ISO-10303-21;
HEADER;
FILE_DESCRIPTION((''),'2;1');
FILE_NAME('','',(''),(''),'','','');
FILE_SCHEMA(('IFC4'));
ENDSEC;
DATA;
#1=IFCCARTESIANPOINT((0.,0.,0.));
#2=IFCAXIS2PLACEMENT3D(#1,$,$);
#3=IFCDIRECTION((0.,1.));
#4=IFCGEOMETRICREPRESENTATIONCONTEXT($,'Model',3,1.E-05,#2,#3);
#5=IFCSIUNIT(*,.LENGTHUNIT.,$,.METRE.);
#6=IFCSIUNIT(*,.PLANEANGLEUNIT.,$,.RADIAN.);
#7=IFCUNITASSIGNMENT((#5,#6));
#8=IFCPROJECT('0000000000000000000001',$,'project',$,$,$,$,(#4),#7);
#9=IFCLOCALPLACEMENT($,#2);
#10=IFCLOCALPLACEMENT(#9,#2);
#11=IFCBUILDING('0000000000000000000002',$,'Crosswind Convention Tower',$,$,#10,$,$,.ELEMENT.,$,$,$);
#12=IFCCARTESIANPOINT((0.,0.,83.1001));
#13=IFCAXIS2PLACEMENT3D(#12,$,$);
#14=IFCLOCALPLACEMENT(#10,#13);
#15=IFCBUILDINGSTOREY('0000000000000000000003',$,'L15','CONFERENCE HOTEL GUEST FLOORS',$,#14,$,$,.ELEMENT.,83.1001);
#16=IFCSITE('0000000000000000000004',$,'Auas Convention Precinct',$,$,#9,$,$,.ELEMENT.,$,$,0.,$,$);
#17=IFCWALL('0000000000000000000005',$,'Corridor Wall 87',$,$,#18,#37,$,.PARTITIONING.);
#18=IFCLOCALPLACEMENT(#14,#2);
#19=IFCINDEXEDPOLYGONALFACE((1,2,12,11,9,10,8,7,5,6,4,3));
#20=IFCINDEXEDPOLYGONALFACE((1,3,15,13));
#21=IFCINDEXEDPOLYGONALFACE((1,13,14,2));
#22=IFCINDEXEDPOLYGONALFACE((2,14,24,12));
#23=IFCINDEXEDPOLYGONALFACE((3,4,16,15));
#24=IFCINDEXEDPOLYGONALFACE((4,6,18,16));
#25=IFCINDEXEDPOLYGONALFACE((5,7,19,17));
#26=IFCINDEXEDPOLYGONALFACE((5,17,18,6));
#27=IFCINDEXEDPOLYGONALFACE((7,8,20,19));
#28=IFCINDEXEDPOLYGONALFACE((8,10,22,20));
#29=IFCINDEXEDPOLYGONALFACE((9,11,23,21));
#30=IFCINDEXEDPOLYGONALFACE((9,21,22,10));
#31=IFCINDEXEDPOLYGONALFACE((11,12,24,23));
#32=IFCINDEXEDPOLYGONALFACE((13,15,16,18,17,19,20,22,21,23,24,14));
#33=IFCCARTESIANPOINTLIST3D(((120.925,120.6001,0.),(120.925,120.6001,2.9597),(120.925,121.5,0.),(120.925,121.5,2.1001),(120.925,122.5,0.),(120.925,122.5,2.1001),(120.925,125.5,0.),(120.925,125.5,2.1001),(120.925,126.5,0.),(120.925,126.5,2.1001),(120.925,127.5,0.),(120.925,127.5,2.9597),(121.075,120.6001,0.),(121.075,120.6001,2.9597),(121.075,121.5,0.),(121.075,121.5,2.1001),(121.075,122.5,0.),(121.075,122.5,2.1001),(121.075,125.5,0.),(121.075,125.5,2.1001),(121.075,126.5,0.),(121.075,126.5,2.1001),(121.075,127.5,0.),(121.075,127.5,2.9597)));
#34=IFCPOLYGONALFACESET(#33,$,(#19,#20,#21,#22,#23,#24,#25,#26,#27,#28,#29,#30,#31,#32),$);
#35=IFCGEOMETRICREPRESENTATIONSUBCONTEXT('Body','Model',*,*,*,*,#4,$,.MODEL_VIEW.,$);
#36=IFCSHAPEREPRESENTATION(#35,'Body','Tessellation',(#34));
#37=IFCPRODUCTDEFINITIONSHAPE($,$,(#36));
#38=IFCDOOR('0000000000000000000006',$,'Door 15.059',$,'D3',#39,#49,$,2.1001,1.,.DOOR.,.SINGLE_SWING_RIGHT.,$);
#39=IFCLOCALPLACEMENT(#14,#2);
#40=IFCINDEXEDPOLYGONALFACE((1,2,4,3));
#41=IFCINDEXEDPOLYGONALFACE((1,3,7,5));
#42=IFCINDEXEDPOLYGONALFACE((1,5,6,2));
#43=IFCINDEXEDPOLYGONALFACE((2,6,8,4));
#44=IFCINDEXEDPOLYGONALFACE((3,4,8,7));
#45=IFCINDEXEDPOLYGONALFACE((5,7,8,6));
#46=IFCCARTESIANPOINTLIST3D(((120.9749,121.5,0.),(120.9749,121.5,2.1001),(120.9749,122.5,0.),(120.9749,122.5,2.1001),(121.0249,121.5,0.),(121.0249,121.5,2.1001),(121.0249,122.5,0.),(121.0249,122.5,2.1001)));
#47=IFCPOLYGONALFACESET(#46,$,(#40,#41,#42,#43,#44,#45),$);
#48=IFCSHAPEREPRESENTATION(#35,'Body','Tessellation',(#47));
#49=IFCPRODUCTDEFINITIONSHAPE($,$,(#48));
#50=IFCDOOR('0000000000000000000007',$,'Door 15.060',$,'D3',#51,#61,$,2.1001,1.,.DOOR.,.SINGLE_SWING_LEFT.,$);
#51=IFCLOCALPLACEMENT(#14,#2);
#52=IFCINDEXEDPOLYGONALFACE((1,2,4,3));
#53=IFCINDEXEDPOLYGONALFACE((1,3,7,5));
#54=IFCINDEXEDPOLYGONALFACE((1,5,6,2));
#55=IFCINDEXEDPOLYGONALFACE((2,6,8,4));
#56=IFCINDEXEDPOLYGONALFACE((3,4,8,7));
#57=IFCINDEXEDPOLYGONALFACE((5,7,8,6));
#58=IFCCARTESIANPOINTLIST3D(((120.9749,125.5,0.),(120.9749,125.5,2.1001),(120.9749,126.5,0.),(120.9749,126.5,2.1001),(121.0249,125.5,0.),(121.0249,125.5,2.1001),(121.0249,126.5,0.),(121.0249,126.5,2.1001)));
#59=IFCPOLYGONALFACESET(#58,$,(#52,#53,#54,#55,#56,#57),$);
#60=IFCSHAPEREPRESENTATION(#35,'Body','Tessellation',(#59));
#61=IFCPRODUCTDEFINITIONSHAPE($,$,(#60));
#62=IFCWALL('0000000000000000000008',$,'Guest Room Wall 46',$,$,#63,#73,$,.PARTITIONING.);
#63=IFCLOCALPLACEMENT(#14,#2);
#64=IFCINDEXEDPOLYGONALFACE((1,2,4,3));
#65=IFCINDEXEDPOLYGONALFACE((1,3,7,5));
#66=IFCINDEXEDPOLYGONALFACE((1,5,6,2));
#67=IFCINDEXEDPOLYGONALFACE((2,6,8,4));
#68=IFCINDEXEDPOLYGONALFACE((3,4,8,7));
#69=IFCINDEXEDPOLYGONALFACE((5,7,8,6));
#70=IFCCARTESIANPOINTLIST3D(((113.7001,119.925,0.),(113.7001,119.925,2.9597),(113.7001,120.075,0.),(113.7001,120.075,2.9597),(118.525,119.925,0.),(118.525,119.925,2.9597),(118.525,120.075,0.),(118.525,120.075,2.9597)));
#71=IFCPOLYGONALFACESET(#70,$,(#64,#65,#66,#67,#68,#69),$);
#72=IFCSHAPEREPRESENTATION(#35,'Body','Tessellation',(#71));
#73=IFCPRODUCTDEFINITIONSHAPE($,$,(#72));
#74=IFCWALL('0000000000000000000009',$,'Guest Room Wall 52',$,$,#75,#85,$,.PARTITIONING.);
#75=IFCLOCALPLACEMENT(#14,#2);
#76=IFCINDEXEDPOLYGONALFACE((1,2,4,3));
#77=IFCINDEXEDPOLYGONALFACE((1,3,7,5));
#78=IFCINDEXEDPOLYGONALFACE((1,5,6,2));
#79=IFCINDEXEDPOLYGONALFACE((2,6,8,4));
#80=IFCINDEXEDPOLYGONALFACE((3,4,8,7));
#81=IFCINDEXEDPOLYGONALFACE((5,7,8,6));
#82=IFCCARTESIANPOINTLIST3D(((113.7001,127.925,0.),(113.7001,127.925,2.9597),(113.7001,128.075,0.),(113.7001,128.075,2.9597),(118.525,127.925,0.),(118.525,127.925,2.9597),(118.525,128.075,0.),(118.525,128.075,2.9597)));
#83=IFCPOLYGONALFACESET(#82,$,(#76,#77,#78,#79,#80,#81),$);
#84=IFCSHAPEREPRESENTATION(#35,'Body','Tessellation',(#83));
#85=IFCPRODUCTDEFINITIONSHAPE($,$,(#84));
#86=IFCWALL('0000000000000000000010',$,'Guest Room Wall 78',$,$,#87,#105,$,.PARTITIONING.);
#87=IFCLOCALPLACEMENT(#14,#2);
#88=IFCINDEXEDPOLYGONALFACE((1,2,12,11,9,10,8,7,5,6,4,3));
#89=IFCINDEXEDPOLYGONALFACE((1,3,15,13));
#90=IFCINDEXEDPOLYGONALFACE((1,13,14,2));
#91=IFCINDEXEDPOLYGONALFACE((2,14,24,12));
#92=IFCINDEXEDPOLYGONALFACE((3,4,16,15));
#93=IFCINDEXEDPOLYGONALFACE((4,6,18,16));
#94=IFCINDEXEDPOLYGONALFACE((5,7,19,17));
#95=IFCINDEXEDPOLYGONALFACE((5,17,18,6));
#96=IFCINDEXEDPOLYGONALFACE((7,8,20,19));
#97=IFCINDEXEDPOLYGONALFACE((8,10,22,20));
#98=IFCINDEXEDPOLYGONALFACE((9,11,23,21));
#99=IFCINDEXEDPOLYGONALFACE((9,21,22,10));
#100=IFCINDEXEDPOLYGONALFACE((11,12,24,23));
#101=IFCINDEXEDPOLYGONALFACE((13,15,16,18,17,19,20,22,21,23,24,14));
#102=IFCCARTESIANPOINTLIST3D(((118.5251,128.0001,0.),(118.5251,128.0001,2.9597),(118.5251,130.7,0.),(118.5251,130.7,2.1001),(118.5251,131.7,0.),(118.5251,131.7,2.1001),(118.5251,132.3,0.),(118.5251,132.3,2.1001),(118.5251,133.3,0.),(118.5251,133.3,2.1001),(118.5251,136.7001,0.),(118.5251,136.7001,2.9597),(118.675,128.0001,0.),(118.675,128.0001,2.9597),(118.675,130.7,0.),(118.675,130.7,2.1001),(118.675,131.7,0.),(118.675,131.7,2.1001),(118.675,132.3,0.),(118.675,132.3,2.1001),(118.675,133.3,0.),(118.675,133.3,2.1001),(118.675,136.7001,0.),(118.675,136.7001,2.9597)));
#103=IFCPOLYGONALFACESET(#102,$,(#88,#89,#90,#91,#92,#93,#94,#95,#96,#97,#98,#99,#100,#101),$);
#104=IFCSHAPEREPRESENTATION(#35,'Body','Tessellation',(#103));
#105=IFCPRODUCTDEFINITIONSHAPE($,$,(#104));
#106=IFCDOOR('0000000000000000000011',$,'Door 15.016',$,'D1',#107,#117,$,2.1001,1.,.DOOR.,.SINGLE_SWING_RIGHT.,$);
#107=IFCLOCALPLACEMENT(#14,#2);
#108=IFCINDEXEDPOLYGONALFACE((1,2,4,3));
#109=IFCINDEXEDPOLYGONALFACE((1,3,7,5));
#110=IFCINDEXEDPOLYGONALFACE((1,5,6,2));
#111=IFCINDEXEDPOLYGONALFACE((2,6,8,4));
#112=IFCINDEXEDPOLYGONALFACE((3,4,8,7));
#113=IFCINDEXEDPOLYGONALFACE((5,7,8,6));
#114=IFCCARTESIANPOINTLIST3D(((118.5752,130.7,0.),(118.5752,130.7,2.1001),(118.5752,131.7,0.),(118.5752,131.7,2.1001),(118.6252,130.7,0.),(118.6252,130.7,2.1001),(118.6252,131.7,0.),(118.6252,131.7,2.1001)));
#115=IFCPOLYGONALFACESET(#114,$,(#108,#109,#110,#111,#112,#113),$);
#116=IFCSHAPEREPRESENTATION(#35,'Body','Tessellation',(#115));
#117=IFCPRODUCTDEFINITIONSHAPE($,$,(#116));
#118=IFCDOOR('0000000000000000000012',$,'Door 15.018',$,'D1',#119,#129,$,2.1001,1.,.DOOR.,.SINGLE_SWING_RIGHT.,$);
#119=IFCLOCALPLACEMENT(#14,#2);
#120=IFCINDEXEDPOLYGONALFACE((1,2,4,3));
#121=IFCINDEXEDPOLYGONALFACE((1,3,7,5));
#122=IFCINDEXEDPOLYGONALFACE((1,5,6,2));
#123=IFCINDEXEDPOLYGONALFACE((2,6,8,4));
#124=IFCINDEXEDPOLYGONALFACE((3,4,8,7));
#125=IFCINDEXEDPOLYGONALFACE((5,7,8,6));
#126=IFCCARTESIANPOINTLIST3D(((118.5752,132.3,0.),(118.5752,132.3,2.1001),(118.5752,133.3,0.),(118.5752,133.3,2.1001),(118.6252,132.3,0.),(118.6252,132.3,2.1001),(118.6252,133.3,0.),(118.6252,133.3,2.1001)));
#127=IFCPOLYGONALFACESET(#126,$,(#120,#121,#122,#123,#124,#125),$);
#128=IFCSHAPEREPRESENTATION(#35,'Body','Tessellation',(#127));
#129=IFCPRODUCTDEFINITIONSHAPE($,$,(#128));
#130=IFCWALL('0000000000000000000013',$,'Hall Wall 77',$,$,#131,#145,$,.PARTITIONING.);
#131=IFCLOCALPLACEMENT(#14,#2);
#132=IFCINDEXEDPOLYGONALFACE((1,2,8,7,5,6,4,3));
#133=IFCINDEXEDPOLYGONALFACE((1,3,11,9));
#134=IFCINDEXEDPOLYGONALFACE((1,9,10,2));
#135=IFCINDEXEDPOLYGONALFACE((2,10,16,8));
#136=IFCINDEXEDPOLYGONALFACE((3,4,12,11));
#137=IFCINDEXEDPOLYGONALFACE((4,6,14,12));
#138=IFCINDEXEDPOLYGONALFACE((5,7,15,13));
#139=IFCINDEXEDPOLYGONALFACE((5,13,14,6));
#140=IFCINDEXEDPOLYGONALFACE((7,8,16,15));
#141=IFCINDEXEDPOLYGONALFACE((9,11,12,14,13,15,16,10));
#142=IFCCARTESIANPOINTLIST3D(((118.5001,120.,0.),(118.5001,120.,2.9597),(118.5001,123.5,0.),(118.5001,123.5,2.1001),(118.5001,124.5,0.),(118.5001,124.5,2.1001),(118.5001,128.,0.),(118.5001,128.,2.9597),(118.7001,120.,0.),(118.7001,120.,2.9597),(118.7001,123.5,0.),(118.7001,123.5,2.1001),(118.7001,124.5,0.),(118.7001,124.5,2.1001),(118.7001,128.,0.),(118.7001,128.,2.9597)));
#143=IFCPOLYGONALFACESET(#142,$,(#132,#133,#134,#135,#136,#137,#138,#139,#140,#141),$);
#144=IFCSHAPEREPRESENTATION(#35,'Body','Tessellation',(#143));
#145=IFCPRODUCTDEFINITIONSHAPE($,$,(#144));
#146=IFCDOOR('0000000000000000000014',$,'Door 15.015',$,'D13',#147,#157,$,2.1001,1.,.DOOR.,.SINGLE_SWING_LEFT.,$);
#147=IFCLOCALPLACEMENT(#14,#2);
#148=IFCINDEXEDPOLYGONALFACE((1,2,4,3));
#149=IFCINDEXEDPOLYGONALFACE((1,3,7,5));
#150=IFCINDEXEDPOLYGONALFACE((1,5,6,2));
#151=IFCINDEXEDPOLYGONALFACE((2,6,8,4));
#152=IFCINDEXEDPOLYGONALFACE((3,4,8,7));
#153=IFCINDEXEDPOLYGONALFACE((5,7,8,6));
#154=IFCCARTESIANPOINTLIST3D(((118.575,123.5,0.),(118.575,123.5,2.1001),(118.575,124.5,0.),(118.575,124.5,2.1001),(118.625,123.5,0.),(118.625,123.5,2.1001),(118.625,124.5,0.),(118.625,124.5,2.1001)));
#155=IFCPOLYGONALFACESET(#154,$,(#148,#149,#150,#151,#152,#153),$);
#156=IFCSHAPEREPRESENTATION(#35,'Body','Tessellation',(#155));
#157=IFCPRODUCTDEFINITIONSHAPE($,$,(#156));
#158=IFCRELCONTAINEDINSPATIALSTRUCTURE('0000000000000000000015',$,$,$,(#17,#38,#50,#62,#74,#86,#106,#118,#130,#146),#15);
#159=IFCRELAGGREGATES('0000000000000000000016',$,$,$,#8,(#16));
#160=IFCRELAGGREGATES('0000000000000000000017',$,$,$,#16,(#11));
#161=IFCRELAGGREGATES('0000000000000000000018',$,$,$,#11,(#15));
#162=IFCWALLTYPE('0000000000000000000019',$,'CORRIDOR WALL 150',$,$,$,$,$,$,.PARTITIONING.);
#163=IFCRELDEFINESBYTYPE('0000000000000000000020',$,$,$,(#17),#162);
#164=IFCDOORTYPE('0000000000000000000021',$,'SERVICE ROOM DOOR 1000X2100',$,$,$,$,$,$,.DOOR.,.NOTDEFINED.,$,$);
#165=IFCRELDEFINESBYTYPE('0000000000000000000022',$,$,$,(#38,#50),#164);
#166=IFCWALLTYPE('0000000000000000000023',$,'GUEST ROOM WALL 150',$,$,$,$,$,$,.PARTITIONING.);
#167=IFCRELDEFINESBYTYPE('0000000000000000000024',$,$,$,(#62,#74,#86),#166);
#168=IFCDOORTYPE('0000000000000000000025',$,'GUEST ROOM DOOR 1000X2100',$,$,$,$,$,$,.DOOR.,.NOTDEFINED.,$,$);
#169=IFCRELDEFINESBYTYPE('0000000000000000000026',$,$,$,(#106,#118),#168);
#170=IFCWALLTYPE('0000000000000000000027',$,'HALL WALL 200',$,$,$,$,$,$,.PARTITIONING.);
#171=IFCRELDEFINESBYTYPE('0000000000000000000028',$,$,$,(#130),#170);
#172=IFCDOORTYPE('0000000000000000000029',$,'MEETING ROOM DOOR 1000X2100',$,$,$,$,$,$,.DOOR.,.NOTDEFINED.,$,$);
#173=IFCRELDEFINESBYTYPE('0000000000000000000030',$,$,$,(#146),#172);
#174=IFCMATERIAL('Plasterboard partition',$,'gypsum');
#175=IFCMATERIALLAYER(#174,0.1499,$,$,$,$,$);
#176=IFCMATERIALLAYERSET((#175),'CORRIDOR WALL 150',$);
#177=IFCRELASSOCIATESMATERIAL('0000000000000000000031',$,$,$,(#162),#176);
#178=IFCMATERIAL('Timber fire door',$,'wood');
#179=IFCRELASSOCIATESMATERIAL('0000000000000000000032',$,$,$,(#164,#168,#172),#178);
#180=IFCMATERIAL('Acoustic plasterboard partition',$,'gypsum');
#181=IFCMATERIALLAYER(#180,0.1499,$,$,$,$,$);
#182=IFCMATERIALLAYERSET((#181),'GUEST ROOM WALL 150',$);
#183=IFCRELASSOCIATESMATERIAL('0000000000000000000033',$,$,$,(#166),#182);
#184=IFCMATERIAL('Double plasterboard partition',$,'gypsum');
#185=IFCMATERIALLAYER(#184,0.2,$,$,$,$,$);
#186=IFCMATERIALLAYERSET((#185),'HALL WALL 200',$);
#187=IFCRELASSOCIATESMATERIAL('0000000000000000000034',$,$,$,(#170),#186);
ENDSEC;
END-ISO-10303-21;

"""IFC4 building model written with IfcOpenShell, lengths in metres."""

from ifc_helpers import new_model, si_unit, direction, frame, frame_2d, origin, place, context, subcontext, project, spatial, rectangle, extrude, material, layer, layer_set, type_object, element, fill, save


model = new_model("IFC4")

# Units and contexts
model_context = context("Model", 3, precision=1e-05, world=origin(), true_north=direction((0.0, 1.0)))
body_context = subcontext(model_context, "Body", "Model", "MODEL_VIEW")
ifc_project = project(units=[si_unit("LENGTHUNIT", "METRE"), si_unit("PLANEANGLEUNIT", "RADIAN")], contexts=[model_context])

# Site, building, storey
site_placement = place(None, origin())
site = spatial("IfcSite", under=ifc_project, at=site_placement, Name="Auas Convention Precinct", CompositionType="ELEMENT", RefElevation=0.0)
building_placement = place(site_placement, origin())
building = spatial("IfcBuilding", under=site, at=building_placement, Name="Crosswind Convention Tower", CompositionType="ELEMENT")
storey_placement = place(building_placement, frame((0.0, 0.0, 83.1001)))
storey = spatial("IfcBuildingStorey", under=building, at=storey_placement, Name="L15", Description="CONFERENCE HOTEL GUEST FLOORS", CompositionType="ELEMENT", Elevation=83.1001)

# Wall, openings, doors
ifc_material_1 = material(Name="Plasterboard partition", Category="gypsum")
ifc_layer_1 = layer(ifc_material_1, 0.1499)
ifc_layer_set_1 = layer_set([ifc_layer_1], Name="CORRIDOR WALL 150")
wall_type_1 = type_object("IfcWallType", Name="CORRIDOR WALL 150", PredefinedType="PARTITIONING", material=ifc_layer_set_1)
wall_1_placement = place(storey_placement, frame((121.0, 120.6001, 0.0), z_axis=(0.0, 0.0, 1.0), x_axis=(0.0, 1.0, 0.0)))
wall_1 = element("IfcWall", 1, at=wall_1_placement, inside=storey, type_object=wall_type_1, Name="Corridor Wall 87", PredefinedType="PARTITIONING", context=body_context, shape_type="SweptSolid", body=[
    extrude(rectangle(XDim=6.8999, YDim=0.1499, at=frame_2d((3.45, 0.0))), origin(), (0.0, 0.0, 1.0), 2.9597),
])
opening_1_placement = place(wall_1_placement, frame((0.8999, 0.0, 0.0)))
opening_1 = element("IfcOpeningElement", 2, at=opening_1_placement, cuts=wall_1, PredefinedType="OPENING", context=body_context, shape_type="SweptSolid", body=[
    extrude(rectangle(XDim=1.0, YDim=2.1001, at=frame_2d((0.5, 1.05))), frame((0.0, 0.085, 0.0), z_axis=(0.0, -1.0, 0.0), x_axis=(1.0, 0.0, 0.0)), (0.0, 0.0, 1.0), 0.1699),
])
opening_2_placement = place(wall_1_placement, frame((4.8999, 0.0, 0.0)))
opening_2 = element("IfcOpeningElement", 3, at=opening_2_placement, cuts=wall_1, PredefinedType="OPENING", context=body_context, shape_type="SweptSolid", body=[
    extrude(rectangle(XDim=1.0, YDim=2.1001, at=frame_2d((0.5, 1.05))), frame((0.0, 0.085, 0.0), z_axis=(0.0, -1.0, 0.0), x_axis=(1.0, 0.0, 0.0)), (0.0, 0.0, 1.0), 0.1699),
])
ifc_material_2 = material(Name="Timber fire door", Category="wood")
door_type_1 = type_object("IfcDoorType", Name="SERVICE ROOM DOOR 1000X2100", OperationType="NOTDEFINED", PredefinedType="DOOR", material=ifc_material_2)
door_1_placement = place(opening_1_placement, frame((1.0, 0.0, 0.0), z_axis=(0.0, 0.0, 1.0), x_axis=(-1.0, 0.0, 0.0)))
door_1 = element("IfcDoor", 4, at=door_1_placement, inside=storey, type_object=door_type_1, Name="Door 15.059", ObjectType="D3", OperationType="SINGLE_SWING_RIGHT", OverallHeight=2.1001, OverallWidth=1.0, PredefinedType="DOOR", context=body_context, shape_type="SweptSolid", body=[
    extrude(rectangle(XDim=1.0, YDim=2.1001, at=frame_2d((0.5, 1.05))), frame((0.0, 0.0249, 0.0), z_axis=(0.0, -1.0, 0.0), x_axis=(1.0, 0.0, 0.0)), (0.0, 0.0, 1.0), 0.05),
])
fill(opening_1, door_1)
door_2_placement = place(opening_2_placement, frame((1.0, 0.0, 0.0), z_axis=(0.0, 0.0, 1.0), x_axis=(-1.0, 0.0, 0.0)))
door_2 = element("IfcDoor", 5, at=door_2_placement, inside=storey, type_object=door_type_1, Name="Door 15.060", ObjectType="D3", OperationType="SINGLE_SWING_LEFT", OverallHeight=2.1001, OverallWidth=1.0, PredefinedType="DOOR", context=body_context, shape_type="SweptSolid", body=[
    extrude(rectangle(XDim=1.0, YDim=2.1001, at=frame_2d((0.5, 1.05))), frame((0.0, 0.0249, 0.0), z_axis=(0.0, -1.0, 0.0), x_axis=(1.0, 0.0, 0.0)), (0.0, 0.0, 1.0), 0.05),
])
fill(opening_2, door_2)

# Walls
ifc_material_3 = material(Name="Acoustic plasterboard partition", Category="gypsum")
ifc_layer_2 = layer(ifc_material_3, 0.1499)
ifc_layer_set_2 = layer_set([ifc_layer_2], Name="GUEST ROOM WALL 150")
wall_type_2 = type_object("IfcWallType", Name="GUEST ROOM WALL 150", PredefinedType="PARTITIONING", material=ifc_layer_set_2)
for number, where, z_axis, x_axis, name in (
    (6, (113.7, 120.0, 0.0), (0.0, 0.0, 1.0), (1.0, 0.0, 0.0), "Guest Room Wall 46"),
    (7, (113.7, 128.0, 0.0), (0.0, 0.0, 1.0), (1.0, 0.0, 0.0), "Guest Room Wall 52"),
):
    element("IfcWall", number, at=place(storey_placement, frame(where, z_axis=z_axis, x_axis=x_axis)), inside=storey, type_object=wall_type_2, Name=name, PredefinedType="PARTITIONING", context=body_context, shape_type="SweptSolid", body=[
        extrude(rectangle(XDim=4.825, YDim=0.1499, at=frame_2d((2.4126, 0.0))), origin(), (0.0, 0.0, 1.0), 2.9597),
    ])

# Wall, openings, doors
wall_2_placement = place(storey_placement, frame((118.6001, 128.0, 0.0), z_axis=(0.0, 0.0, 1.0), x_axis=(0.0, 1.0, 0.0)))
wall_2 = element("IfcWall", 8, at=wall_2_placement, inside=storey, type_object=wall_type_2, Name="Guest Room Wall 78", PredefinedType="PARTITIONING", context=body_context, shape_type="SweptSolid", body=[
    extrude(rectangle(XDim=8.7, YDim=0.1499, at=frame_2d((4.3501, 0.0))), origin(), (0.0, 0.0, 1.0), 2.9597),
])
opening_3_placement = place(wall_2_placement, frame((2.7, 0.0, 0.0)))
opening_3 = element("IfcOpeningElement", 9, at=opening_3_placement, cuts=wall_2, PredefinedType="OPENING", context=body_context, shape_type="SweptSolid", body=[
    extrude(rectangle(XDim=1.0, YDim=2.1001, at=frame_2d((0.5, 1.05))), frame((0.0, 0.085, 0.0), z_axis=(0.0, -1.0, 0.0), x_axis=(1.0, 0.0, 0.0)), (0.0, 0.0, 1.0), 0.1699),
])
opening_4_placement = place(wall_2_placement, frame((4.3, 0.0, 0.0)))
opening_4 = element("IfcOpeningElement", 10, at=opening_4_placement, cuts=wall_2, PredefinedType="OPENING", context=body_context, shape_type="SweptSolid", body=[
    extrude(rectangle(XDim=1.0, YDim=2.1001, at=frame_2d((0.5, 1.05))), frame((0.0, 0.085, 0.0), z_axis=(0.0, -1.0, 0.0), x_axis=(1.0, 0.0, 0.0)), (0.0, 0.0, 1.0), 0.1699),
])
door_type_2 = type_object("IfcDoorType", Name="GUEST ROOM DOOR 1000X2100", OperationType="NOTDEFINED", PredefinedType="DOOR", material=ifc_material_2)
door_3_placement = place(opening_3_placement, origin())
door_3 = element("IfcDoor", 11, at=door_3_placement, inside=storey, type_object=door_type_2, Name="Door 15.016", ObjectType="D1", OperationType="SINGLE_SWING_RIGHT", OverallHeight=2.1001, OverallWidth=1.0, PredefinedType="DOOR", context=body_context, shape_type="SweptSolid", body=[
    extrude(rectangle(XDim=1.0, YDim=2.1001, at=frame_2d((0.5, 1.05))), frame((0.0, 0.0249, 0.0), z_axis=(0.0, -1.0, 0.0), x_axis=(1.0, 0.0, 0.0)), (0.0, 0.0, 1.0), 0.05),
])
fill(opening_3, door_3)
door_4_placement = place(opening_4_placement, origin())
door_4 = element("IfcDoor", 12, at=door_4_placement, inside=storey, type_object=door_type_2, Name="Door 15.018", ObjectType="D1", OperationType="SINGLE_SWING_RIGHT", OverallHeight=2.1001, OverallWidth=1.0, PredefinedType="DOOR", context=body_context, shape_type="SweptSolid", body=[
    extrude(rectangle(XDim=1.0, YDim=2.1001, at=frame_2d((0.5, 1.05))), frame((0.0, 0.0249, 0.0), z_axis=(0.0, -1.0, 0.0), x_axis=(1.0, 0.0, 0.0)), (0.0, 0.0, 1.0), 0.05),
])
fill(opening_4, door_4)

# Wall, opening, door
ifc_material_4 = material(Name="Double plasterboard partition", Category="gypsum")
ifc_layer_3 = layer(ifc_material_4, 0.2)
ifc_layer_set_3 = layer_set([ifc_layer_3], Name="HALL WALL 200")
wall_type_3 = type_object("IfcWallType", Name="HALL WALL 200", PredefinedType="PARTITIONING", material=ifc_layer_set_3)
wall_3_placement = place(storey_placement, frame((118.6001, 120.0, 0.0), z_axis=(0.0, 0.0, 1.0), x_axis=(0.0, 1.0, 0.0)))
wall_3 = element("IfcWall", 13, at=wall_3_placement, inside=storey, type_object=wall_type_3, Name="Hall Wall 77", PredefinedType="PARTITIONING", context=body_context, shape_type="SweptSolid", body=[
    extrude(rectangle(XDim=8.0, YDim=0.2, at=frame_2d((4.0, 0.0))), origin(), (0.0, 0.0, 1.0), 2.9597),
])
opening_5_placement = place(wall_3_placement, frame((3.5, 0.0, 0.0)))
opening_5 = element("IfcOpeningElement", 14, at=opening_5_placement, cuts=wall_3, PredefinedType="OPENING", context=body_context, shape_type="SweptSolid", body=[
    extrude(rectangle(XDim=1.0, YDim=2.1001, at=frame_2d((0.5, 1.05))), frame((0.0, 0.1099, 0.0), z_axis=(0.0, -1.0, 0.0), x_axis=(1.0, 0.0, 0.0)), (0.0, 0.0, 1.0), 0.22),
])
door_type_3 = type_object("IfcDoorType", Name="MEETING ROOM DOOR 1000X2100", OperationType="NOTDEFINED", PredefinedType="DOOR", material=ifc_material_2)
door_5_placement = place(opening_5_placement, frame((1.0, 0.0, 0.0), z_axis=(0.0, 0.0, 1.0), x_axis=(-1.0, 0.0, 0.0)))
door_5 = element("IfcDoor", 15, at=door_5_placement, inside=storey, type_object=door_type_3, Name="Door 15.015", ObjectType="D13", OperationType="SINGLE_SWING_LEFT", OverallHeight=2.1001, OverallWidth=1.0, PredefinedType="DOOR", context=body_context, shape_type="SweptSolid", body=[
    extrude(rectangle(XDim=1.0, YDim=2.1001, at=frame_2d((0.5, 1.05))), frame((0.0, 0.0249, 0.0), z_axis=(0.0, -1.0, 0.0), x_axis=(1.0, 0.0, 0.0)), (0.0, 0.0, 1.0), 0.05),
])
fill(opening_5, door_5)

save(model, "model.ifc")
